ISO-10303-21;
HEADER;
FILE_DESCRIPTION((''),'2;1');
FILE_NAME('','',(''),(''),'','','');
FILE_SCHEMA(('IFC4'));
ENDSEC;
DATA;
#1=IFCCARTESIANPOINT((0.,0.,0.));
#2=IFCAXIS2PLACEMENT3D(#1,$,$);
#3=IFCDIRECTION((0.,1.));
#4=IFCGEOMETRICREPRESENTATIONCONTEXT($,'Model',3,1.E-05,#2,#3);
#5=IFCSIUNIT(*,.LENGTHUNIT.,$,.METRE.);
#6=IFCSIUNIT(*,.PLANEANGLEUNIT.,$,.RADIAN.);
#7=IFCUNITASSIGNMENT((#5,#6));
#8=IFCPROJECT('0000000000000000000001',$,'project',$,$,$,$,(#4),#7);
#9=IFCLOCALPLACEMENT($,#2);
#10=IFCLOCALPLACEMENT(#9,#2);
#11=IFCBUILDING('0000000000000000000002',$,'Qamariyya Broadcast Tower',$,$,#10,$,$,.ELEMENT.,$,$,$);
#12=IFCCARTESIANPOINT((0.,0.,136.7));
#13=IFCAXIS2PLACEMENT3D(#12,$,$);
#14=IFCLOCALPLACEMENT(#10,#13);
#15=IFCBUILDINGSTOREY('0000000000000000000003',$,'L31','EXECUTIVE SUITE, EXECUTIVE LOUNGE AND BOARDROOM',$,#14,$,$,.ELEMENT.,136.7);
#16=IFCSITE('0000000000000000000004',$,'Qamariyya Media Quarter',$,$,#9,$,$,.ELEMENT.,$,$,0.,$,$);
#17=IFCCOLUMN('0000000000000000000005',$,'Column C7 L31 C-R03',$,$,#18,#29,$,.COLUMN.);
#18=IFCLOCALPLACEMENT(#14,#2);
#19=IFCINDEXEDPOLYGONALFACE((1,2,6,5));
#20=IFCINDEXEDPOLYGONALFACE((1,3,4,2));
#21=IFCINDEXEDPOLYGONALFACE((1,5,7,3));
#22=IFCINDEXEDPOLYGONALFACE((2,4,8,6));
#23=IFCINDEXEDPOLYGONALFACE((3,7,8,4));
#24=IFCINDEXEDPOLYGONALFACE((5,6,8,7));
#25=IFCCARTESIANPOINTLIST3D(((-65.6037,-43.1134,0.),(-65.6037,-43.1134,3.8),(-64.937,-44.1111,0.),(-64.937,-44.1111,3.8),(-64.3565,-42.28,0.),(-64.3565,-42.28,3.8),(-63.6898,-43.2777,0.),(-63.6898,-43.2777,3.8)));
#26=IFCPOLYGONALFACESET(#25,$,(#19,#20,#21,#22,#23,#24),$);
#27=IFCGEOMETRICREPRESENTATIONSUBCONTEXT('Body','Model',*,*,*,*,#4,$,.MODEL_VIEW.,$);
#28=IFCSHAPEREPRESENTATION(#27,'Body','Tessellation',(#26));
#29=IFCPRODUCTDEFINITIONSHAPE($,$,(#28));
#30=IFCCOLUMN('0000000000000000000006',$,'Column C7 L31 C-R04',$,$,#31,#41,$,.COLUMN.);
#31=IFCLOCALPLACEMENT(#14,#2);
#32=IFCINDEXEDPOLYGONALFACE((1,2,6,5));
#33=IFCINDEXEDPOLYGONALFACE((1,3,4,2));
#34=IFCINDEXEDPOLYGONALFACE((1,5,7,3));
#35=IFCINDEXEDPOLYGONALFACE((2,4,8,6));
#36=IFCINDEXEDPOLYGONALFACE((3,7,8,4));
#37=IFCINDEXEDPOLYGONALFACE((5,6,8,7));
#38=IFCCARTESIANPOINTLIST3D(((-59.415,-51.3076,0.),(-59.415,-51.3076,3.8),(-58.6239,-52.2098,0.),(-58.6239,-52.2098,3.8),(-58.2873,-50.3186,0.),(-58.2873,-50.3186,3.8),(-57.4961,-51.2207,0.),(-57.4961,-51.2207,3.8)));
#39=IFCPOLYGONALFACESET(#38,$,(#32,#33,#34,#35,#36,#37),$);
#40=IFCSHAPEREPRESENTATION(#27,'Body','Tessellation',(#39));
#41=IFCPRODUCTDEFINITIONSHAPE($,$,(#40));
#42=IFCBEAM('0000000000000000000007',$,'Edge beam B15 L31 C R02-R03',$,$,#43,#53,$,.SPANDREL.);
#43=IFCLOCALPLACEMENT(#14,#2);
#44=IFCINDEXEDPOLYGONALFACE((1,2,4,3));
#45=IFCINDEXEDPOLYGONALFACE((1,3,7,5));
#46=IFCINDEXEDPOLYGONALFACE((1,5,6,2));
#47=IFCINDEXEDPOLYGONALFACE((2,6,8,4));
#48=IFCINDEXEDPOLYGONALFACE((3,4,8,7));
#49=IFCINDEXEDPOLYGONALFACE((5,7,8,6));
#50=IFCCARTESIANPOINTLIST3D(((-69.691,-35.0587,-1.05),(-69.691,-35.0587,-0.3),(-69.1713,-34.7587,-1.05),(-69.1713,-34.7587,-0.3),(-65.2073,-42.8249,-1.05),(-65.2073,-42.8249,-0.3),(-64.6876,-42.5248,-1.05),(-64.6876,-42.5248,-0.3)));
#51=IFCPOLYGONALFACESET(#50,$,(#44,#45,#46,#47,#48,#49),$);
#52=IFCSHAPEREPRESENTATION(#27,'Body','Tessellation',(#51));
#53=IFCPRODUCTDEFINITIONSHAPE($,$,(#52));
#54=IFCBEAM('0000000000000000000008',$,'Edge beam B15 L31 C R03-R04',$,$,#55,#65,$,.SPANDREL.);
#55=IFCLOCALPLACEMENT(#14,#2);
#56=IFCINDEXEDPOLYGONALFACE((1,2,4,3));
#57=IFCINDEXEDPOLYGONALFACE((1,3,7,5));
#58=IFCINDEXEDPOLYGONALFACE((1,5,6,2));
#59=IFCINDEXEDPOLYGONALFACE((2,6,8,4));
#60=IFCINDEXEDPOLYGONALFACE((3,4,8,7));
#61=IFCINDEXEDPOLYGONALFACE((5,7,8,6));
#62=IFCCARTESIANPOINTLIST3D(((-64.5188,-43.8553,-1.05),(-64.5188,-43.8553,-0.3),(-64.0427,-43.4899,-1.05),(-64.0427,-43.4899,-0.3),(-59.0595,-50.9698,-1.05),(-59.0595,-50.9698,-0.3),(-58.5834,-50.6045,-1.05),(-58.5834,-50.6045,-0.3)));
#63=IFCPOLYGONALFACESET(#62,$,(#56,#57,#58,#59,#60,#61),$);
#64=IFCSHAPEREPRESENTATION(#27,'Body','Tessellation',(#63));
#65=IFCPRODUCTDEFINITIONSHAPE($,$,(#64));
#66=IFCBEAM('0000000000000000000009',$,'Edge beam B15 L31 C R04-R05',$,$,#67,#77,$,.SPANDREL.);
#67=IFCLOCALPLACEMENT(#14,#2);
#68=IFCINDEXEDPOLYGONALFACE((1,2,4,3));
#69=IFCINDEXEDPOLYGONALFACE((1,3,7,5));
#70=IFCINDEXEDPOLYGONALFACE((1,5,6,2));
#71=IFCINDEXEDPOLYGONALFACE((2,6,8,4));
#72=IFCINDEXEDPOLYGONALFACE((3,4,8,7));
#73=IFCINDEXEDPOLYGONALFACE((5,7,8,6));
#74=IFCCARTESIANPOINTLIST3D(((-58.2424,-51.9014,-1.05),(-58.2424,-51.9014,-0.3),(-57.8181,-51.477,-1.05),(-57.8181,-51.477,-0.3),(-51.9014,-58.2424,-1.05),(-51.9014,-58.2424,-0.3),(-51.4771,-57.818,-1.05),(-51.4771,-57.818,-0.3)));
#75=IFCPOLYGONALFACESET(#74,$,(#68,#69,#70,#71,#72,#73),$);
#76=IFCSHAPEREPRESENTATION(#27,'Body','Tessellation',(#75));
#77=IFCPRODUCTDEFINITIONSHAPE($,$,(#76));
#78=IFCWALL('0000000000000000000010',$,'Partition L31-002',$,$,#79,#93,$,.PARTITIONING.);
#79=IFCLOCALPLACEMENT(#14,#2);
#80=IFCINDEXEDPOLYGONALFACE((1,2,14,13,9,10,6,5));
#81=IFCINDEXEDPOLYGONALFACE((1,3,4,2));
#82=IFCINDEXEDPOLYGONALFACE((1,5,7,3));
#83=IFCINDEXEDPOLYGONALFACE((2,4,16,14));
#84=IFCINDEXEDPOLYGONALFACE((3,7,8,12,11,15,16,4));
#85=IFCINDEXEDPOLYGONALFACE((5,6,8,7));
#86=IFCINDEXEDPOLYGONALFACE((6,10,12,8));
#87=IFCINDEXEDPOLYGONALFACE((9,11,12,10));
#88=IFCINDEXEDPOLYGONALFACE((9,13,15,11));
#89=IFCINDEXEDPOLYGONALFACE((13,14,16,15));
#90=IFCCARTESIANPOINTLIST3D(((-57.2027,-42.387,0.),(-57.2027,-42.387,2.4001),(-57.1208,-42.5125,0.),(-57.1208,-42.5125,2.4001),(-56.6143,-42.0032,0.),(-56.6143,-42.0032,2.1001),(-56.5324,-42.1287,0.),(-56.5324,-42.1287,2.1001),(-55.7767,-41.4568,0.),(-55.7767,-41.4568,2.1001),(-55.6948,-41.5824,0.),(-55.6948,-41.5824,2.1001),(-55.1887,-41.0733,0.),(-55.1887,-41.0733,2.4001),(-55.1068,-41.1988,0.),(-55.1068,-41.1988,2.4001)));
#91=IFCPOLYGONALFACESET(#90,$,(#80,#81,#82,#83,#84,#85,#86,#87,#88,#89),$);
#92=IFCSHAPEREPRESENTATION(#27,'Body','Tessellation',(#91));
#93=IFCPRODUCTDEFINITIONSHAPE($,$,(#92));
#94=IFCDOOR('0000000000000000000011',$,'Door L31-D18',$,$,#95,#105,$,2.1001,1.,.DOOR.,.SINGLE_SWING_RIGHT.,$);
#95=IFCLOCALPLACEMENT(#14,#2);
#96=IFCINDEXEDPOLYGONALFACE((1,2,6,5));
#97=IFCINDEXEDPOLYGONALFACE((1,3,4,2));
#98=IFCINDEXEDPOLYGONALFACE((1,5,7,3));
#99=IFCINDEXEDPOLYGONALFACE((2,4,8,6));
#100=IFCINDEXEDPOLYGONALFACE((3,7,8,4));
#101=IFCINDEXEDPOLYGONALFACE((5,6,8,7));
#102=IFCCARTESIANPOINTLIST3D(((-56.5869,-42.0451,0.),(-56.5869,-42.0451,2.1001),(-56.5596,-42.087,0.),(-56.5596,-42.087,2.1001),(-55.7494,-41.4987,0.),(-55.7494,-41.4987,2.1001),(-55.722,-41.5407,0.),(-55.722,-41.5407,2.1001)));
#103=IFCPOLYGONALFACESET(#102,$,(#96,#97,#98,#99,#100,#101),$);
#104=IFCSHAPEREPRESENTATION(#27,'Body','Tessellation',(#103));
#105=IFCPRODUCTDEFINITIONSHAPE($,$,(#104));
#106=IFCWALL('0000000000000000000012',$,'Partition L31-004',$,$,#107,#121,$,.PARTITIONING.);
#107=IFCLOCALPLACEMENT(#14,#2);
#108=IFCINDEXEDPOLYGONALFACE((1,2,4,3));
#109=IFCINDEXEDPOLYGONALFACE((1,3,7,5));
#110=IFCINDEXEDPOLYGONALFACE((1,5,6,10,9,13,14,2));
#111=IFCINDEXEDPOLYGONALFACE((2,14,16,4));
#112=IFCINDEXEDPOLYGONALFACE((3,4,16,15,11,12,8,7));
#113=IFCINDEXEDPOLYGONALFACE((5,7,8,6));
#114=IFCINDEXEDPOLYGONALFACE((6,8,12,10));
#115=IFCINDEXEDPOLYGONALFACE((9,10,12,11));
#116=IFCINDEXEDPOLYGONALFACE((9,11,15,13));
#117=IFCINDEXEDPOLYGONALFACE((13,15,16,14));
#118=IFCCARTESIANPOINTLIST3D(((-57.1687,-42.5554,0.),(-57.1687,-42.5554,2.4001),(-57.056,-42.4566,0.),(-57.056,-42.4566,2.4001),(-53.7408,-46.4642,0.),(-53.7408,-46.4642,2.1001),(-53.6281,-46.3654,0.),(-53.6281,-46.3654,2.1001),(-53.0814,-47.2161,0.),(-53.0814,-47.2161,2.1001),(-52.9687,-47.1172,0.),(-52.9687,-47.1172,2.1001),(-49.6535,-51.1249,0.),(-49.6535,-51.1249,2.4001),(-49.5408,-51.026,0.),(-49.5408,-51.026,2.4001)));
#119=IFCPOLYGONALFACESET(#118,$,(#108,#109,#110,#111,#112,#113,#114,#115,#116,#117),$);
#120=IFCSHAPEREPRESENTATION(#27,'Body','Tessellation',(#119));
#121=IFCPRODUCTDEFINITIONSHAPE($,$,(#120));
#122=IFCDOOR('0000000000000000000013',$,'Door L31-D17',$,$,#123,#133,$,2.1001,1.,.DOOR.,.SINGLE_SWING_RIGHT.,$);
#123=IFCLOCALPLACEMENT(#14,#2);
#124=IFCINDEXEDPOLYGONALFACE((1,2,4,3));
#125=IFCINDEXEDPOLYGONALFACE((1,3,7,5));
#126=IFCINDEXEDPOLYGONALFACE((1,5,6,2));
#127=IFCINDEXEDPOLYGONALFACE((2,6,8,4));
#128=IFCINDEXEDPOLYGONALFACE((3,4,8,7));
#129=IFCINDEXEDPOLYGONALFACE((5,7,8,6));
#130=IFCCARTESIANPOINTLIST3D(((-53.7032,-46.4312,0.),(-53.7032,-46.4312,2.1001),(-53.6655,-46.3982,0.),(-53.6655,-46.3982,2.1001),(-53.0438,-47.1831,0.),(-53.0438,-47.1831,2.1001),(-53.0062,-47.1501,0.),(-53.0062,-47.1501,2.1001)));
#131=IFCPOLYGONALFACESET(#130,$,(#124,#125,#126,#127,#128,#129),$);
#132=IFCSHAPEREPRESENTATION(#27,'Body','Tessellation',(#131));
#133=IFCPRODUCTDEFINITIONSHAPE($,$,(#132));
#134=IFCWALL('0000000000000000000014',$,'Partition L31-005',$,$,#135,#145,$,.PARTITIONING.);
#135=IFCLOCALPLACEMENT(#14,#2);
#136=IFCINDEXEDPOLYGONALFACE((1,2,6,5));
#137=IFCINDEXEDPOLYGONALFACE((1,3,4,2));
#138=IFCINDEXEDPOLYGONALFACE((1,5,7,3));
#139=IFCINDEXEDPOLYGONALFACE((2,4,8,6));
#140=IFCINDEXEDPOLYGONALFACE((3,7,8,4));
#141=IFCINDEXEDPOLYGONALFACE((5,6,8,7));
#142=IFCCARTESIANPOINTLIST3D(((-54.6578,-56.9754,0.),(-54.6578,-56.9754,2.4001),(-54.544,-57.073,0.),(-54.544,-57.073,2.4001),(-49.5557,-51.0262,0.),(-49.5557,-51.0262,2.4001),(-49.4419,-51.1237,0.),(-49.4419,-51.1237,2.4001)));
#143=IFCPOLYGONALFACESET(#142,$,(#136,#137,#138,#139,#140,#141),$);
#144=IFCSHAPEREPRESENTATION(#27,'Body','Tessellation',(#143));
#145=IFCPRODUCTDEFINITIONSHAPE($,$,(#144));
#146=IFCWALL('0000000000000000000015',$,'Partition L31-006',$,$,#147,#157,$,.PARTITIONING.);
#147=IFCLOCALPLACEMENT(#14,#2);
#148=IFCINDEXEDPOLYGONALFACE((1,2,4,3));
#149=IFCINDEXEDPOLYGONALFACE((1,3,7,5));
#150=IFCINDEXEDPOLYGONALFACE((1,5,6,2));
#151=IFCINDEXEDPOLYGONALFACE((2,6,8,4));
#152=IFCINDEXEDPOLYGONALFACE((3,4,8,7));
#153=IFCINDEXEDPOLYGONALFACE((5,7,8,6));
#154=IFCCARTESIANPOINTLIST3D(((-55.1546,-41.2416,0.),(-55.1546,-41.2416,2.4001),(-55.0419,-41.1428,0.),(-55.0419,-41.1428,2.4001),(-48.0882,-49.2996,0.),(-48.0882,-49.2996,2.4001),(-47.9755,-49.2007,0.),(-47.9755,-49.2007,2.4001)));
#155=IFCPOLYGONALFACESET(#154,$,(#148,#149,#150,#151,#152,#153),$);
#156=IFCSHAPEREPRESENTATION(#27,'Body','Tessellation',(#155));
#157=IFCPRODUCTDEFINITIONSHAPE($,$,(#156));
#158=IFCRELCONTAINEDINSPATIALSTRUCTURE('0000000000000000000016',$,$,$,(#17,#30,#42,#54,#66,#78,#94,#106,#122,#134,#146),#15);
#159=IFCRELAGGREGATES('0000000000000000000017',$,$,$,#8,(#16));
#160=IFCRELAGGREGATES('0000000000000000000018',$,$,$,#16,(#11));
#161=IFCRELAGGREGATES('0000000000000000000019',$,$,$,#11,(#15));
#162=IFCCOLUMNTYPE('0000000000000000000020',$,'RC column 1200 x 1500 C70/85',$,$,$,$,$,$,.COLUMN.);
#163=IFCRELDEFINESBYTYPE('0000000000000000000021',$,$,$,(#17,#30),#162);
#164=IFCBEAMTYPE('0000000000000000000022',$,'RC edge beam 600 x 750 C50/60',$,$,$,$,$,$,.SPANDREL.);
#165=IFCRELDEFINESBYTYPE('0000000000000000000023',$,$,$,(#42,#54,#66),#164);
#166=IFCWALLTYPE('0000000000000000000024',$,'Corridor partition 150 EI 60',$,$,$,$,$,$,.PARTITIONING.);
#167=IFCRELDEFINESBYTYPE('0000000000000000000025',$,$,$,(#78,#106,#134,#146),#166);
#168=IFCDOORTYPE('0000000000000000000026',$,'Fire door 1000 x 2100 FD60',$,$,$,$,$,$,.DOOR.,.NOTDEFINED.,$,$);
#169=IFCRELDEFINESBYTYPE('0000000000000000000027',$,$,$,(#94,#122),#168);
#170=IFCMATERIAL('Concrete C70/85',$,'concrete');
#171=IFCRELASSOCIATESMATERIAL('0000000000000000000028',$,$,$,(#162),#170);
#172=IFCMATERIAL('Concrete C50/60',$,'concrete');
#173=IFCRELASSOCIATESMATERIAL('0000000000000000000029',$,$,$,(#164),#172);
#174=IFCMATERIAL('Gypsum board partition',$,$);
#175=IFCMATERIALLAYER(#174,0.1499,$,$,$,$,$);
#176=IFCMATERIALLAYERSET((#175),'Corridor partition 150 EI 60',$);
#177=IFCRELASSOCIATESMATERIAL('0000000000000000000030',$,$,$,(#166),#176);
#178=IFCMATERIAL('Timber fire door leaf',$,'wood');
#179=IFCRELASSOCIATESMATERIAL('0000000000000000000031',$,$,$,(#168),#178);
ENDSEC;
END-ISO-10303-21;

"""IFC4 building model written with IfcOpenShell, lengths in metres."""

from ifc_helpers import new_model, si_unit, direction, frame, frame_2d, origin, origin_2d, place, context, subcontext, project, spatial, rectangle, extrude, material, layer, layer_set, material_profile, profile_set, type_object, element, fill, save


model = new_model("IFC4")

# Units and contexts
model_context = context("Model", 3, precision=1e-05, world=origin(), true_north=direction((0.0, 1.0)))
body_context = subcontext(model_context, "Body", "Model", "MODEL_VIEW")
ifc_project = project(units=[si_unit("LENGTHUNIT", "METRE"), si_unit("PLANEANGLEUNIT", "RADIAN")], contexts=[model_context])

# Site, building, storey
site_placement = place(None, origin())
site = spatial("IfcSite", under=ifc_project, at=site_placement, Name="Qamariyya Media Quarter", CompositionType="ELEMENT", RefElevation=0.0)
building_placement = place(site_placement, origin())
building = spatial("IfcBuilding", under=site, at=building_placement, Name="Qamariyya Broadcast Tower", CompositionType="ELEMENT")
storey_placement = place(building_placement, frame((0.0, 0.0, 136.7)))
storey = spatial("IfcBuildingStorey", under=building, at=storey_placement, Name="L31", Description="EXECUTIVE SUITE, EXECUTIVE LOUNGE AND BOARDROOM", CompositionType="ELEMENT", Elevation=136.7)

# Columns
ifc_material_1 = material(Name="Concrete C70/85", Category="concrete")
ifc_material_profile_1 = material_profile(ifc_material_1, rectangle(XDim=1.2, YDim=1.5, at=origin_2d()))
ifc_profile_set_1 = profile_set([ifc_material_profile_1], Name="Concrete C70/85")
column_type = type_object("IfcColumnType", Name="RC column 1200 x 1500 C70/85", PredefinedType="COLUMN", material=ifc_profile_set_1)
for number, where, z_axis, x_axis, name in (
    (1, (-64.6467, -43.1956, 0.0), (0.0, 0.0, 1.0), (0.55557, -0.83147, 0.0), "Column C7 L31 C-R03"),
    (2, (-58.4556, -51.2642, 0.0), (0.0, 0.0, 1.0), (0.659346, -0.75184, 0.0), "Column C7 L31 C-R04"),
):
    element("IfcColumn", number, at=place(storey_placement, frame(where, z_axis=z_axis, x_axis=x_axis)), inside=storey, type_object=column_type, Name=name, PredefinedType="COLUMN", context=body_context, shape_type="SweptSolid", body=[
        extrude(rectangle(XDim=1.2, YDim=1.5, at=origin_2d()), origin(), (0.0, 0.0, 1.0), 3.8),
    ])

# Beams
ifc_material_2 = material(Name="Concrete C50/60", Category="concrete")
ifc_material_profile_2 = material_profile(ifc_material_2, rectangle(XDim=0.6001, YDim=0.75, at=origin_2d()))
ifc_profile_set_2 = profile_set([ifc_material_profile_2], Name="Concrete C50/60")
beam_type = type_object("IfcBeamType", Name="RC edge beam 600 x 750 C50/60", PredefinedType="SPANDREL", material=ifc_profile_set_2)
beam_1_placement = place(storey_placement, frame((-69.4312, -34.9087, -0.675), z_axis=(0.49999, -0.866031, 0.0), x_axis=(0.866031, 0.49999, 0.0)))
element("IfcBeam", 3, at=beam_1_placement, inside=storey, type_object=beam_type, Name="Edge beam B15 L31 C R02-R03", PredefinedType="SPANDREL", context=body_context, shape_type="SweptSolid", body=[
    extrude(rectangle(XDim=0.6001, YDim=0.75, at=origin_2d()), origin(), (0.0, 0.0, 1.0), 8.9675),
])
beam_2_placement = place(storey_placement, frame((-64.2808, -43.6726, -0.675), z_axis=(0.608767, -0.793349, 0.0), x_axis=(0.793349, 0.608767, 0.0)))
element("IfcBeam", 4, at=beam_2_placement, inside=storey, type_object=beam_type, Name="Edge beam B15 L31 C R03-R04", PredefinedType="SPANDREL", context=body_context, shape_type="SweptSolid", body=[
    extrude(rectangle(XDim=0.6001, YDim=0.75, at=origin_2d()), origin(), (0.0, 0.0, 1.0), 8.9678),
])
beam_3_placement = place(storey_placement, frame((-58.0303, -51.6892, -0.675), z_axis=(0.707107, -0.707107, 0.0), x_axis=(0.707107, 0.707107, 0.0)))
element("IfcBeam", 5, at=beam_3_placement, inside=storey, type_object=beam_type, Name="Edge beam B15 L31 C R04-R05", PredefinedType="SPANDREL", context=body_context, shape_type="SweptSolid", body=[
    extrude(rectangle(XDim=0.6001, YDim=0.75, at=origin_2d()), origin(), (0.0, 0.0, 1.0), 8.9675),
])

# Walls, openings, doors
ifc_material_3 = material(Name="Gypsum board partition")
ifc_layer_1 = layer(ifc_material_3, 0.1499)
ifc_layer_set_1 = layer_set([ifc_layer_1], Name="Corridor partition 150 EI 60")
wall_type_1 = type_object("IfcWallType", Name="Corridor partition 150 EI 60", PredefinedType="PARTITIONING", material=ifc_layer_set_1)
wall_1_placement = place(storey_placement, frame((-57.1616, -42.4497, 0.0), z_axis=(0.0, 0.0, 1.0), x_axis=(0.837554, 0.546354, 0.0)))
wall_1 = element("IfcWall", 6, at=wall_1_placement, inside=storey, type_object=wall_type_1, Name="Partition L31-002", PredefinedType="PARTITIONING", context=body_context, shape_type="SweptSolid", body=[
    extrude(rectangle(XDim=2.4045, YDim=0.1499, at=frame_2d((1.2021, 0.0))), origin(), (0.0, 0.0, 1.0), 2.4001),
])
opening_1_placement = place(wall_1_placement, frame((0.7024, 0.0, 0.0)))
opening_1 = element("IfcOpeningElement", 7, at=opening_1_placement, cuts=wall_1, PredefinedType="OPENING", context=body_context, shape_type="SweptSolid", body=[
    extrude(rectangle(XDim=1.0, YDim=2.1001, at=frame_2d((0.5, 1.05))), frame((0.0, 0.085, 0.0), z_axis=(0.0, -1.0, 0.0), x_axis=(1.0, 0.0, 0.0)), (0.0, 0.0, 1.0), 0.1699),
])
ifc_material_4 = material(Name="Timber fire door leaf", Category="wood")
door_type = type_object("IfcDoorType", Name="Fire door 1000 x 2100 FD60", OperationType="NOTDEFINED", PredefinedType="DOOR", material=ifc_material_4)
door_1_placement = place(opening_1_placement, origin())
door_1 = element("IfcDoor", 8, at=door_1_placement, inside=storey, type_object=door_type, Name="Door L31-D18", OperationType="SINGLE_SWING_RIGHT", OverallHeight=2.1001, OverallWidth=1.0, PredefinedType="DOOR", context=body_context, shape_type="SweptSolid", body=[
    extrude(rectangle(XDim=1.0, YDim=2.1001, at=frame_2d((0.5, 1.05))), frame((0.0, 0.0249, 0.0), z_axis=(0.0, -1.0, 0.0), x_axis=(1.0, 0.0, 0.0)), (0.0, 0.0, 1.0), 0.05),
])
fill(opening_1, door_1)
wall_2_placement = place(storey_placement, frame((-49.5972, -51.0754, 0.0), z_axis=(0.0, 0.0, 1.0), x_axis=(-0.659347, 0.751838, 0.0)))
wall_2 = element("IfcWall", 9, at=wall_2_placement, inside=storey, type_object=wall_type_1, Name="Partition L31-004", PredefinedType="PARTITIONING", context=body_context, shape_type="SweptSolid", body=[
    extrude(rectangle(XDim=11.3979, YDim=0.1499, at=frame_2d((5.699, 0.0))), origin(), (0.0, 0.0, 1.0), 2.4001),
])
opening_2_placement = place(wall_2_placement, frame((5.199, 0.0, 0.0)))
opening_2 = element("IfcOpeningElement", 10, at=opening_2_placement, cuts=wall_2, PredefinedType="OPENING", context=body_context, shape_type="SweptSolid", body=[
    extrude(rectangle(XDim=1.0, YDim=2.1001, at=frame_2d((0.5, 1.05))), frame((0.0, 0.085, 0.0), z_axis=(0.0, -1.0, 0.0), x_axis=(1.0, 0.0, 0.0)), (0.0, 0.0, 1.0), 0.1699),
])
door_2_placement = place(opening_2_placement, origin())
door_2 = element("IfcDoor", 11, at=door_2_placement, inside=storey, type_object=door_type, Name="Door L31-D17", OperationType="SINGLE_SWING_RIGHT", OverallHeight=2.1001, OverallWidth=1.0, PredefinedType="DOOR", context=body_context, shape_type="SweptSolid", body=[
    extrude(rectangle(XDim=1.0, YDim=2.1001, at=frame_2d((0.5, 1.05))), frame((0.0, 0.0249, 0.0), z_axis=(0.0, -1.0, 0.0), x_axis=(1.0, 0.0, 0.0)), (0.0, 0.0, 1.0), 0.05),
])
fill(opening_2, door_2)

# Walls
wall_3_placement = place(storey_placement, frame((-49.4988, -51.075, 0.0), z_axis=(0.0, 0.0, 1.0), x_axis=(-0.650991, -0.759085, 0.0)))
element("IfcWall", 12, at=wall_3_placement, inside=storey, type_object=wall_type_1, Name="Partition L31-005", PredefinedType="PARTITIONING", context=body_context, shape_type="SweptSolid", body=[
    extrude(rectangle(XDim=7.8374, YDim=0.1499, at=frame_2d((3.9187, 0.0))), origin(), (0.0, 0.0, 1.0), 2.4001),
])
wall_4_placement = place(storey_placement, frame((-48.0317, -49.2502, 0.0), z_axis=(0.0, 0.0, 1.0), x_axis=(-0.659338, 0.751847, 0.0)))
element("IfcWall", 13, at=wall_4_placement, inside=storey, type_object=wall_type_1, Name="Partition L31-006", PredefinedType="PARTITIONING", context=body_context, shape_type="SweptSolid", body=[
    extrude(rectangle(XDim=10.7175, YDim=0.1499, at=frame_2d((5.3589, 0.0))), origin(), (0.0, 0.0, 1.0), 2.4001),
])

save(model, "model.ifc")
